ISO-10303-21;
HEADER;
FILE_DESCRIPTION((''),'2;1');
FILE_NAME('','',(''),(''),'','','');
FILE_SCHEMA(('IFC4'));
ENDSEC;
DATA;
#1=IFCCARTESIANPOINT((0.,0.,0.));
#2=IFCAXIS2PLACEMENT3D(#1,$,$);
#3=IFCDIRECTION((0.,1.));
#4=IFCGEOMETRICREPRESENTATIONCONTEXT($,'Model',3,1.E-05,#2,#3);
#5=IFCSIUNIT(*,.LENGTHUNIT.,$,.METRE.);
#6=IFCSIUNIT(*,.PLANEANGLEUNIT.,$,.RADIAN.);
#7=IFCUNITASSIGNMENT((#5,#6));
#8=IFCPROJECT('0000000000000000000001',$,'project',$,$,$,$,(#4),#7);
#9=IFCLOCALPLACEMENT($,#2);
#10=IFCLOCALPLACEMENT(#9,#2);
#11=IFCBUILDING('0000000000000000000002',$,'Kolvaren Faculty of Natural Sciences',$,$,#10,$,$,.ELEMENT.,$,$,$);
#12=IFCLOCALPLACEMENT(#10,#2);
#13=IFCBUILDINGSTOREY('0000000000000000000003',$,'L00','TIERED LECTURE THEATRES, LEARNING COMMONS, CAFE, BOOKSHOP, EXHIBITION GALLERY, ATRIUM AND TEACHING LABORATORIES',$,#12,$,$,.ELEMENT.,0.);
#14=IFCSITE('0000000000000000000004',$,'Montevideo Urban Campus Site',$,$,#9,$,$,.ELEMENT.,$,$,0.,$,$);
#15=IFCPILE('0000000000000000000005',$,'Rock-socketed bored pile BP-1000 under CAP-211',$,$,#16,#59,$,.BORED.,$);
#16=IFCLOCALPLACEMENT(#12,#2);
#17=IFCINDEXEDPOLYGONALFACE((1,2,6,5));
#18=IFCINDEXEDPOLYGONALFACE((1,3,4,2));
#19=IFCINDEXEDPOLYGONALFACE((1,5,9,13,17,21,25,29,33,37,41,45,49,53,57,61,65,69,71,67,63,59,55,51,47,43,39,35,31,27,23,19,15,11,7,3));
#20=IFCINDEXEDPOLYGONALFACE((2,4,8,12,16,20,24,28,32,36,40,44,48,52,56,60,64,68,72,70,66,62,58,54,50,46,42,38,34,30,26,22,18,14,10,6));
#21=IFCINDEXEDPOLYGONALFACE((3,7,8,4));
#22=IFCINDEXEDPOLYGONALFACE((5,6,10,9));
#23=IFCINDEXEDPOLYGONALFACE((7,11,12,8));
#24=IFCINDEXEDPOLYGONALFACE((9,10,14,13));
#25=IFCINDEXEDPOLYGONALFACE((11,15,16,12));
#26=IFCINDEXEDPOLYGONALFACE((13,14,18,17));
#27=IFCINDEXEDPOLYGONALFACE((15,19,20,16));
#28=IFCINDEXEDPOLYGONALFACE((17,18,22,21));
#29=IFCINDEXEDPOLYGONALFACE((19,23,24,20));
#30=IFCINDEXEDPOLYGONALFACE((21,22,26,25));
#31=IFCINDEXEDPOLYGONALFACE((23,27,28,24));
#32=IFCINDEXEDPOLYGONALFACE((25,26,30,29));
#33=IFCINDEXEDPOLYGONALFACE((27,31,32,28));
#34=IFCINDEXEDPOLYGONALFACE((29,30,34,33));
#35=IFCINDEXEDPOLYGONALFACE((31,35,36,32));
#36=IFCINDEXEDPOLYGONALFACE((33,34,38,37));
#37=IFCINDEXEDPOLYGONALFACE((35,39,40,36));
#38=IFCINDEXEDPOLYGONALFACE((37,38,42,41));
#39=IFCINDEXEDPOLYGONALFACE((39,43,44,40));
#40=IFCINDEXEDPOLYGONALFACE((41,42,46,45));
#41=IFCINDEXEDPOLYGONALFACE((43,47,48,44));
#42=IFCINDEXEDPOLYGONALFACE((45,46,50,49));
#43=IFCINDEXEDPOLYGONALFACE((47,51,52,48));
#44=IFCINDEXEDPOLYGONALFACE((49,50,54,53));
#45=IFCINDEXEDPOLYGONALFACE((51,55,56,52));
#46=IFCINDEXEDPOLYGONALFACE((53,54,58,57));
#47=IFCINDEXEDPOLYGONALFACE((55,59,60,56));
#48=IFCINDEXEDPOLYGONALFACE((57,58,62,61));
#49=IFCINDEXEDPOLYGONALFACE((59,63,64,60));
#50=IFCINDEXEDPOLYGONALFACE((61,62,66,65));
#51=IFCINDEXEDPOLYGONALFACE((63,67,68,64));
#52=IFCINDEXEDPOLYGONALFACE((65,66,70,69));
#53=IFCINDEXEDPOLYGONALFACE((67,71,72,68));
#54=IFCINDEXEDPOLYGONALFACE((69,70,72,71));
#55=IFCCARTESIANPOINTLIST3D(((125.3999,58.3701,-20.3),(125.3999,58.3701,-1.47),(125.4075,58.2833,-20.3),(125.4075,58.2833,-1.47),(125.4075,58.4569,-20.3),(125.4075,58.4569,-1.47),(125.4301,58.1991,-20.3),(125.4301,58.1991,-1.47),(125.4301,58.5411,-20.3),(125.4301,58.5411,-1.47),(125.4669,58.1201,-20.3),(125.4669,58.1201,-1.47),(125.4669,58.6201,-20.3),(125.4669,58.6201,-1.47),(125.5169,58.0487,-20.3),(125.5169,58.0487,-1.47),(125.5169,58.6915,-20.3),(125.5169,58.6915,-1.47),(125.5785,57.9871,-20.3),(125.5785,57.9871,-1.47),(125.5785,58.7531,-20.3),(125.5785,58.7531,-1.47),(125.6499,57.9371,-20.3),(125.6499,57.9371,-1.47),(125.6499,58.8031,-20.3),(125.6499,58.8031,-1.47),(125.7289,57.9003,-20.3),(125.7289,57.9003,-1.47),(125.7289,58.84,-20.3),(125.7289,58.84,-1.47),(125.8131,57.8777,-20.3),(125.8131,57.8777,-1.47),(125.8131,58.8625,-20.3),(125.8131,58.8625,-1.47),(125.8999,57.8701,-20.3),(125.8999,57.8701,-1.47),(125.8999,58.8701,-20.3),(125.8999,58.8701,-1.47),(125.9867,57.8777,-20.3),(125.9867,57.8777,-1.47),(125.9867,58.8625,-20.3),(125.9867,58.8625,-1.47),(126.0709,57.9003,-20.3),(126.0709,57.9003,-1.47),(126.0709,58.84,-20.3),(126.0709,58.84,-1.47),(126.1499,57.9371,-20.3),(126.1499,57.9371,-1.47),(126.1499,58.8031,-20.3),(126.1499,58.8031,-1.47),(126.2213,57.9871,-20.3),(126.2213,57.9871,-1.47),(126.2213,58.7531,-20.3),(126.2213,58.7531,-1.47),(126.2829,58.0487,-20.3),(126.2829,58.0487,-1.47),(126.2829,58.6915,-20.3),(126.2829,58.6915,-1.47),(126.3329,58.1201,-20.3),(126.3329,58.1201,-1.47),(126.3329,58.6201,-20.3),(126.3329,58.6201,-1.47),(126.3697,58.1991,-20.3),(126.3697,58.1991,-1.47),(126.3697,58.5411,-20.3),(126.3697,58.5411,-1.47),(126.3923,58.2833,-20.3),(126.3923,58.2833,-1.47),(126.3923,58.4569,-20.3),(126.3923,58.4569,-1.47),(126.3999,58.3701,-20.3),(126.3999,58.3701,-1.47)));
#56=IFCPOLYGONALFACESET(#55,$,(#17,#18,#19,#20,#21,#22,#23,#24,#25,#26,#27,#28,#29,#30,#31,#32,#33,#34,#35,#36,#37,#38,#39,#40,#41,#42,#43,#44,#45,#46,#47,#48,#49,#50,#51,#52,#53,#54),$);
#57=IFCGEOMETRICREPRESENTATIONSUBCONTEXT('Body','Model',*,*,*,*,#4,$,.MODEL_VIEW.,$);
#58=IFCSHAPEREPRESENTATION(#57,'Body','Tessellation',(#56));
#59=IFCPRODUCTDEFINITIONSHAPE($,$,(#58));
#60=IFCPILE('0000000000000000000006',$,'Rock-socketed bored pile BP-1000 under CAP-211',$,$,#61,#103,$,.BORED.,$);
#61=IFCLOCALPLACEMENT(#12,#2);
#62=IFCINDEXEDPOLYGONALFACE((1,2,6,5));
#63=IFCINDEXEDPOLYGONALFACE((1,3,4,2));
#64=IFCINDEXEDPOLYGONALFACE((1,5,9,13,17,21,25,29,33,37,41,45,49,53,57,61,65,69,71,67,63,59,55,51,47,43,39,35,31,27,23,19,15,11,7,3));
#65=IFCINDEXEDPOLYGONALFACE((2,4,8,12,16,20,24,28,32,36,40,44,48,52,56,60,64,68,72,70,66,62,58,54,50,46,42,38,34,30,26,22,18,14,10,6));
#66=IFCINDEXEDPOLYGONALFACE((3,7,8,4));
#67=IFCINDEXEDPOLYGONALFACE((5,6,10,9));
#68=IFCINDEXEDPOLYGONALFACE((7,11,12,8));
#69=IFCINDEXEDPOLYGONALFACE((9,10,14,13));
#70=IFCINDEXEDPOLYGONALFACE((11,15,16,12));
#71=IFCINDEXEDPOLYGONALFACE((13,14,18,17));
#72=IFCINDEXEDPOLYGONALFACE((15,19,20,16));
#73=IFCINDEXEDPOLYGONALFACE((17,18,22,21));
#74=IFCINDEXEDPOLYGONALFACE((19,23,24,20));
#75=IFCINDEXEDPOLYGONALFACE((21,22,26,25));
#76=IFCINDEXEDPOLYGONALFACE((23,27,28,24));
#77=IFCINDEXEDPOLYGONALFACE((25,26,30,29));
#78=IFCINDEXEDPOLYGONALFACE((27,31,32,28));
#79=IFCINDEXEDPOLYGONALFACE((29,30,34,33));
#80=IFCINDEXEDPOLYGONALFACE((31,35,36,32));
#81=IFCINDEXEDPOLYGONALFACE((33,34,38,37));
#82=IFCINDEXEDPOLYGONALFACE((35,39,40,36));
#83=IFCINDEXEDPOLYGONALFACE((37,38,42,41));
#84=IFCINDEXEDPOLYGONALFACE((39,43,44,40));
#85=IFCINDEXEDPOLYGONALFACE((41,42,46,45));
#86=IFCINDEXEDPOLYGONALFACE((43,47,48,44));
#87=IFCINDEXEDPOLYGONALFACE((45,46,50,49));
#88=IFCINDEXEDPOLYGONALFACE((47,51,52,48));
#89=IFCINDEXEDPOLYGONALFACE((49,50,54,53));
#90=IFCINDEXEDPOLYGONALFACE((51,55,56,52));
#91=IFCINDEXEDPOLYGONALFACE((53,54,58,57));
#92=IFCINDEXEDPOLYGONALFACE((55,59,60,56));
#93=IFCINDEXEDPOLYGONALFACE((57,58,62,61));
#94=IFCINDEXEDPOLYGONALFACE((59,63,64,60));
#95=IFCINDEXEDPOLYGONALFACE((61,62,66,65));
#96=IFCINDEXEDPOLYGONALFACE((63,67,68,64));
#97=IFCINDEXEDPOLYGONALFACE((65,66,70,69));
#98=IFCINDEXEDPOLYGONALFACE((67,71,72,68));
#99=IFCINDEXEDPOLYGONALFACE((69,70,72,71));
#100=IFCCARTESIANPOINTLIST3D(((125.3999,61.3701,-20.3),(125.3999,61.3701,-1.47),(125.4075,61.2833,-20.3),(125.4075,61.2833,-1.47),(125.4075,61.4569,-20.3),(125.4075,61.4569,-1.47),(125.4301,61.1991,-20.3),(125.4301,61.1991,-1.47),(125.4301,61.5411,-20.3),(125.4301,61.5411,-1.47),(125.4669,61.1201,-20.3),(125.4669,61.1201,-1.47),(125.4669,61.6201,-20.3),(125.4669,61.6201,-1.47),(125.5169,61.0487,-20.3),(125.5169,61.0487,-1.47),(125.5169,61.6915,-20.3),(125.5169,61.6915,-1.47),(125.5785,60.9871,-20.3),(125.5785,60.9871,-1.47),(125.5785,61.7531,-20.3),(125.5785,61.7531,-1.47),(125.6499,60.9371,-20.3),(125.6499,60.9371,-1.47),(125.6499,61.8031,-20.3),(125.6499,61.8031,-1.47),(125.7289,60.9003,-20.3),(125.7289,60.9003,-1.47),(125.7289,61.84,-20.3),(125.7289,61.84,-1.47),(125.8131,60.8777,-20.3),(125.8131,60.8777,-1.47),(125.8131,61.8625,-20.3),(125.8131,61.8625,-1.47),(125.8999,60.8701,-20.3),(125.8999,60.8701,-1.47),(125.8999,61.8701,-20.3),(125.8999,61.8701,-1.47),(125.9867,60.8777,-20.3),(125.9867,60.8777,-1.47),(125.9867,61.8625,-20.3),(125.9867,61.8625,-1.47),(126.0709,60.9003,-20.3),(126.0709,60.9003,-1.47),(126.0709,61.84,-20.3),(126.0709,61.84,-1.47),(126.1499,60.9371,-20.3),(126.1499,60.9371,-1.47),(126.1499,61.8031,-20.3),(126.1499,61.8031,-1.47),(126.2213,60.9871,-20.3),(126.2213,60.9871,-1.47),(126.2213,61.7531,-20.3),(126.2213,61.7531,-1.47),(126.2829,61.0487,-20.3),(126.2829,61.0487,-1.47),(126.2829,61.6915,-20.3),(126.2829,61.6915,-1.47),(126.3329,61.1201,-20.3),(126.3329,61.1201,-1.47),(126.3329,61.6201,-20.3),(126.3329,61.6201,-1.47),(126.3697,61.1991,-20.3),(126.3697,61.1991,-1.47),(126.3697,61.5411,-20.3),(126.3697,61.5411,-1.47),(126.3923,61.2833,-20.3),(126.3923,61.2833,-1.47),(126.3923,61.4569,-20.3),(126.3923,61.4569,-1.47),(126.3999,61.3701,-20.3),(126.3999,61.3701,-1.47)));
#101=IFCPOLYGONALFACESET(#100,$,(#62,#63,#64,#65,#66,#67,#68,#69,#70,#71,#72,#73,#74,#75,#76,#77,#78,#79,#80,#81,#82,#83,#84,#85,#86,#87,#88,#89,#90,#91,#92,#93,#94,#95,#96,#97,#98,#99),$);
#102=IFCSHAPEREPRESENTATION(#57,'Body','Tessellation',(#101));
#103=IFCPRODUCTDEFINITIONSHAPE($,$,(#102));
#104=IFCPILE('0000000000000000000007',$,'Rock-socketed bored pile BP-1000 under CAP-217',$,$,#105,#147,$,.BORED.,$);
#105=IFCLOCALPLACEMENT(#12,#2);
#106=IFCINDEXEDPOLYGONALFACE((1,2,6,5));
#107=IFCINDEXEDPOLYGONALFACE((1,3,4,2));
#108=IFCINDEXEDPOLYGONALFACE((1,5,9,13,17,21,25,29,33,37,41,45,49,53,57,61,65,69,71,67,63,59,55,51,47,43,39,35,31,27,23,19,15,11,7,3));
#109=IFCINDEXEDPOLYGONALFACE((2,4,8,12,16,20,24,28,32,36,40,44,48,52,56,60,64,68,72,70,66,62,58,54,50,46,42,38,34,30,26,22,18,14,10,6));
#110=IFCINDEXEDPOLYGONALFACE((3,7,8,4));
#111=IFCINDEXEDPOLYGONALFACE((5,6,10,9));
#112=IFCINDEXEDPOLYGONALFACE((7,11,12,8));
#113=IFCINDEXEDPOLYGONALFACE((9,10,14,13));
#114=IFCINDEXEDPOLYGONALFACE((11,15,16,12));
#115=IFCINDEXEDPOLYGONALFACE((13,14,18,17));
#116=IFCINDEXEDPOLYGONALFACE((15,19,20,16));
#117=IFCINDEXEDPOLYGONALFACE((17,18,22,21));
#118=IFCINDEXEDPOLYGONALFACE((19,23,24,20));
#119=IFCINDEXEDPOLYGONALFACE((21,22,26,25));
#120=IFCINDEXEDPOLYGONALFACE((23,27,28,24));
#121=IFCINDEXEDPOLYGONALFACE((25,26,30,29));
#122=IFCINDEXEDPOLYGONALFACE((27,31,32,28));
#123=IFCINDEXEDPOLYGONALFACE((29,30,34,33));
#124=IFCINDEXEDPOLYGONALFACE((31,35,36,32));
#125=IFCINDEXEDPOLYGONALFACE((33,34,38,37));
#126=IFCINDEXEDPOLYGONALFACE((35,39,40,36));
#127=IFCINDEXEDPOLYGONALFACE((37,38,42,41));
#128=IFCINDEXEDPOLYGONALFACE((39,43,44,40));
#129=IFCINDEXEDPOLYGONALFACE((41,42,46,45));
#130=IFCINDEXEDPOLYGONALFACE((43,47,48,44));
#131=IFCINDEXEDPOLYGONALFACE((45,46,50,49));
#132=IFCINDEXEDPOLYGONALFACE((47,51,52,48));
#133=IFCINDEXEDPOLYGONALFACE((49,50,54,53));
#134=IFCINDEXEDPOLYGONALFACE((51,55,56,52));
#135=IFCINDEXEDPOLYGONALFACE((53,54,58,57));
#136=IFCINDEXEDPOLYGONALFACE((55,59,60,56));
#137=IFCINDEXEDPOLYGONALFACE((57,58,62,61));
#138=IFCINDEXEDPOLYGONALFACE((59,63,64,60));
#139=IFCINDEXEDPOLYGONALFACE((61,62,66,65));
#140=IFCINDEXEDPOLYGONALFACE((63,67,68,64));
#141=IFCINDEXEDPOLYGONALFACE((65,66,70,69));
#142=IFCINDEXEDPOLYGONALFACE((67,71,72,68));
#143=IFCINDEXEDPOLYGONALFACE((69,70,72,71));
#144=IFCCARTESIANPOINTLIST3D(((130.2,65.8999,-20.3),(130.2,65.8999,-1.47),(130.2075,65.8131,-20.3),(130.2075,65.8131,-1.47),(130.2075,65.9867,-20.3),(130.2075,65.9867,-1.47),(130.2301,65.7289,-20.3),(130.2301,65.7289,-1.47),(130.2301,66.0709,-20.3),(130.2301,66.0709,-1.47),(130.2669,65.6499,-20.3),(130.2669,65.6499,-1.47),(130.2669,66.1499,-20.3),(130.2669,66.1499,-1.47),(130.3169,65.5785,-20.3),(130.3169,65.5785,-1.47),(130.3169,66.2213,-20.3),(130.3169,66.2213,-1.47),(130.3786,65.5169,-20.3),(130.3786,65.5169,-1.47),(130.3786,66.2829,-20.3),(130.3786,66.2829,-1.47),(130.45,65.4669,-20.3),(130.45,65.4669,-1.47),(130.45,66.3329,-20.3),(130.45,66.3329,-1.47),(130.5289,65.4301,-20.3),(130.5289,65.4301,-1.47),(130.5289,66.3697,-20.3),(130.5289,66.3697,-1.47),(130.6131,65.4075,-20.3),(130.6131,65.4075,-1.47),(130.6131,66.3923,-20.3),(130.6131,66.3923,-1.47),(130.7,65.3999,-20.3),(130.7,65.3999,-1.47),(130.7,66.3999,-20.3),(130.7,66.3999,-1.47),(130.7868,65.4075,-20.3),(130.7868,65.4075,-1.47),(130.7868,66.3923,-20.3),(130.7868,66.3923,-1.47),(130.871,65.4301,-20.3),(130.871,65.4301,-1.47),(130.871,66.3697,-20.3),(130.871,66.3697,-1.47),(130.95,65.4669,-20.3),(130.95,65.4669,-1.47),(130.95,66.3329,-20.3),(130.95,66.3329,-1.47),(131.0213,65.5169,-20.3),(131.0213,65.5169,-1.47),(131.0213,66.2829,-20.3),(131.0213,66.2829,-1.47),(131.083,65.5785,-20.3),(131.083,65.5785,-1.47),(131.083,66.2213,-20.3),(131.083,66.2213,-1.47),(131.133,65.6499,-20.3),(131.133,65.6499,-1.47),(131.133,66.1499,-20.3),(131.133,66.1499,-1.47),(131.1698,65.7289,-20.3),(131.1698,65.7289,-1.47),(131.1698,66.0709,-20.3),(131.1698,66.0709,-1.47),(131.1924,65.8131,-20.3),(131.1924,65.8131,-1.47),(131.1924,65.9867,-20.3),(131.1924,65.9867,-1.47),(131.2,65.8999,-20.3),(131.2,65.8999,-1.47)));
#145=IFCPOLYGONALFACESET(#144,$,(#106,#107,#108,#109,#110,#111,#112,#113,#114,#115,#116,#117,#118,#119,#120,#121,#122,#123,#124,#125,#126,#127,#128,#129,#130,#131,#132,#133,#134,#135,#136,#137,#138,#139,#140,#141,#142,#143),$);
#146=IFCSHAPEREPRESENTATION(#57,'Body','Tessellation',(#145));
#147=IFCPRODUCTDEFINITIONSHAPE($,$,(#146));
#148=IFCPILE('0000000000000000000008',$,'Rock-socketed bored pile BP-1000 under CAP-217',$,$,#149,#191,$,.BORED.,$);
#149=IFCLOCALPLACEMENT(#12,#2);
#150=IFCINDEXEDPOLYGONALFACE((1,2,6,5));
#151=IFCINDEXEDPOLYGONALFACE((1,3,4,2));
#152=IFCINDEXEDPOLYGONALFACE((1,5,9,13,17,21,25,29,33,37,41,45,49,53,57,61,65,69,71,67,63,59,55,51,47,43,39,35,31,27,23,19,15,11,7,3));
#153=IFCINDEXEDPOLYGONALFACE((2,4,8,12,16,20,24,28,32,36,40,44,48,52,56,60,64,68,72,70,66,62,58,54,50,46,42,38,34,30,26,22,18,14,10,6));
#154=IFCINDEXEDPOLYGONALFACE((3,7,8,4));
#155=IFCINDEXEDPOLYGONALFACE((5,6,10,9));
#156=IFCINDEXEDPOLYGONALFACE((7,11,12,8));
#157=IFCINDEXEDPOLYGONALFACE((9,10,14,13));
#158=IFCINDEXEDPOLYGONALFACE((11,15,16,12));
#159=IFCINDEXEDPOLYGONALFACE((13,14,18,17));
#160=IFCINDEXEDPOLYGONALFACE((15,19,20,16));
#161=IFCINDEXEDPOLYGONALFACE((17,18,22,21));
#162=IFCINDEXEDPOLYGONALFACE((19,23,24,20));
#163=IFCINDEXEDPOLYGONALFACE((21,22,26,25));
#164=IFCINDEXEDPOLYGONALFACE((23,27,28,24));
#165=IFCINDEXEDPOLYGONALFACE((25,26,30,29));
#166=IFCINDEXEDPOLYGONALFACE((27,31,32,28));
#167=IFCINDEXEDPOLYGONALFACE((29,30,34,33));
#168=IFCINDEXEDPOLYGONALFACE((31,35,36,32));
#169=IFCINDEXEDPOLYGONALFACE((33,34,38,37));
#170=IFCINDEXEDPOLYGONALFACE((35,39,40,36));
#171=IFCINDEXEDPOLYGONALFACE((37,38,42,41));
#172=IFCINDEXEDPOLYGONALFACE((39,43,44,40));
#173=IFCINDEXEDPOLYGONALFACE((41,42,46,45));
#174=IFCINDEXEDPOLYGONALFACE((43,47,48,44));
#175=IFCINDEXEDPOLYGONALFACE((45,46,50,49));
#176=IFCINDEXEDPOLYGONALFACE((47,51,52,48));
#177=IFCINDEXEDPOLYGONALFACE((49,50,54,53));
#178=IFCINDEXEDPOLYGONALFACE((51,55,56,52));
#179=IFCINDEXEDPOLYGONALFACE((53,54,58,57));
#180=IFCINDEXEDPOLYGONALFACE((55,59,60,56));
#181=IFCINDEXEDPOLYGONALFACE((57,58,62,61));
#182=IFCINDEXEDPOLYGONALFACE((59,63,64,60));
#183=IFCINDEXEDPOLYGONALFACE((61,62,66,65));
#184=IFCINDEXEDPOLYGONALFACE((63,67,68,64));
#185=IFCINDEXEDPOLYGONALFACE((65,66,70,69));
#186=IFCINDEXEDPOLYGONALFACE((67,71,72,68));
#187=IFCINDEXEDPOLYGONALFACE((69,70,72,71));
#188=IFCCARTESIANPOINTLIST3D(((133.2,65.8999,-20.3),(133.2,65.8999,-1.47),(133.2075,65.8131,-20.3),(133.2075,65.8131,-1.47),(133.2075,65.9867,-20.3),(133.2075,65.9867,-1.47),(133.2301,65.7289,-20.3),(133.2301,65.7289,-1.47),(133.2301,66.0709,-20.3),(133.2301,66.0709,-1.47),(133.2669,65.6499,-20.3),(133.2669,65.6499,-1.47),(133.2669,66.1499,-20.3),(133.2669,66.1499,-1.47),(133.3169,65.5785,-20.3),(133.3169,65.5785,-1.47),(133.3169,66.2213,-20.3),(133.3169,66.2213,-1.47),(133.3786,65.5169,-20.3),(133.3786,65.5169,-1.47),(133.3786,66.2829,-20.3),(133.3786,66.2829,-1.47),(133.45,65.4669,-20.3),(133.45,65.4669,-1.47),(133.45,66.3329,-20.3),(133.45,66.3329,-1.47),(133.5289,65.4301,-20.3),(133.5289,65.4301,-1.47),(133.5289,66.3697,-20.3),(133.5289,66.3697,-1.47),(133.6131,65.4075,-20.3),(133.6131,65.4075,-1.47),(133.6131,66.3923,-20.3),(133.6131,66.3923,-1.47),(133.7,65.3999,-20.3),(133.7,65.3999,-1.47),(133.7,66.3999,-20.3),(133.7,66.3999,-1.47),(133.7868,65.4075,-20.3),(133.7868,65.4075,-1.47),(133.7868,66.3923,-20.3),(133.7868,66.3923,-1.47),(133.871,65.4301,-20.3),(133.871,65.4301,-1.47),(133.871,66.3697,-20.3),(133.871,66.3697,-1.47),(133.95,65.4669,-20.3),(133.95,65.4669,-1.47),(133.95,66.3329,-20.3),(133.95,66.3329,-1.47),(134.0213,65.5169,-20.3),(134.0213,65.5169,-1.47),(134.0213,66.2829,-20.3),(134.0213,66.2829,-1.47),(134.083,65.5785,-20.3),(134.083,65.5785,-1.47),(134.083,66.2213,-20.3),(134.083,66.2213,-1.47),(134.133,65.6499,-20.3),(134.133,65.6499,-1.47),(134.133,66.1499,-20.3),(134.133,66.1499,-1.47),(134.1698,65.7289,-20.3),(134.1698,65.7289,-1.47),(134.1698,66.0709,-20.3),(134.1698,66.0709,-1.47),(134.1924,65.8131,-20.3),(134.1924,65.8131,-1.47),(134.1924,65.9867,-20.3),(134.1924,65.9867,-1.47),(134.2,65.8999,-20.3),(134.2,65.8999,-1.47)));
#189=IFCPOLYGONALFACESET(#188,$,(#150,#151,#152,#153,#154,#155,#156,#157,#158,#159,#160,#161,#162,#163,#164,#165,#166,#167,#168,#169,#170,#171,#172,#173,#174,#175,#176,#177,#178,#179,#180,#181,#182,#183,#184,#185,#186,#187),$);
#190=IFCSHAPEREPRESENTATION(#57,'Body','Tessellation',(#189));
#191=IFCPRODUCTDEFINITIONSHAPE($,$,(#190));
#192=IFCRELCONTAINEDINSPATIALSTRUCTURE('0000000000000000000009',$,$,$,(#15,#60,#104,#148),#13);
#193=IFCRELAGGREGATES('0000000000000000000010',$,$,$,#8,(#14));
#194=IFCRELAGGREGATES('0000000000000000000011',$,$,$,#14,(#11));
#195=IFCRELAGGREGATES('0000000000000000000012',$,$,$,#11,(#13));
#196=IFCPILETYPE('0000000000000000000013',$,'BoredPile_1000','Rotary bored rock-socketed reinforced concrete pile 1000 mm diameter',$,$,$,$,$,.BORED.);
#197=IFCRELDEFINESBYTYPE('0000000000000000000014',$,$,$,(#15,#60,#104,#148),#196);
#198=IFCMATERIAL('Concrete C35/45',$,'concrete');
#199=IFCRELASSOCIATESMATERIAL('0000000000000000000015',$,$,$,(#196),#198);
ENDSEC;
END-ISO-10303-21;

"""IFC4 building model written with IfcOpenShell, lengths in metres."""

from ifc_helpers import new_model, si_unit, direction, frame, origin, origin_2d, place, context, subcontext, project, spatial, circle, extrude, material, material_profile, profile_set, type_object, element, save


model = new_model("IFC4")

# Units and contexts
model_context = context("Model", 3, precision=1e-05, world=origin(), true_north=direction((0.0, 1.0)))
body_context = subcontext(model_context, "Body", "Model", "MODEL_VIEW")
ifc_project = project(units=[si_unit("LENGTHUNIT", "METRE"), si_unit("PLANEANGLEUNIT", "RADIAN")], contexts=[model_context])

# Site, building, storey
site_placement = place(None, origin())
site = spatial("IfcSite", under=ifc_project, at=site_placement, Name="Montevideo Urban Campus Site", CompositionType="ELEMENT", RefElevation=0.0)
building_placement = place(site_placement, origin())
building = spatial("IfcBuilding", under=site, at=building_placement, Name="Kolvaren Faculty of Natural Sciences", CompositionType="ELEMENT")
storey_placement = place(building_placement, origin())
storey = spatial("IfcBuildingStorey", under=building, at=storey_placement, Name="L00", Description="TIERED LECTURE THEATRES, LEARNING COMMONS, CAFE, BOOKSHOP, EXHIBITION GALLERY, ATRIUM AND TEACHING LABORATORIES", CompositionType="ELEMENT", Elevation=0.0)

# Piles
ifc_material_1 = material(Name="Concrete C35/45", Category="concrete")
ifc_material_profile_1 = material_profile(ifc_material_1, circle(Radius=0.5, at=origin_2d()), Name="PILE D1000")
ifc_profile_set_1 = profile_set([ifc_material_profile_1], Name="Concrete C35/45")
pile_type_1 = type_object("IfcPileType", Name="BoredPile_1000", Description="Rotary bored rock-socketed reinforced concrete pile 1000 mm diameter", PredefinedType="BORED", material=ifc_profile_set_1)
for number, where, z_axis, x_axis, name in (
    (1, (125.8999, 58.3701, -1.47), (0.0, 0.0, -1.0), (1.0, 0.0, 0.0), "Rock-socketed bored pile BP-1000 under CAP-211"),
    (2, (125.8999, 61.3701, -1.47), (0.0, 0.0, -1.0), (1.0, 0.0, 0.0), "Rock-socketed bored pile BP-1000 under CAP-211"),
    (3, (130.7, 65.8999, -1.47), (0.0, 0.0, -1.0), (1.0, 0.0, 0.0), "Rock-socketed bored pile BP-1000 under CAP-217"),
    (4, (133.7, 65.8999, -1.47), (0.0, 0.0, -1.0), (1.0, 0.0, 0.0), "Rock-socketed bored pile BP-1000 under CAP-217"),
):
    element("IfcPile", number, at=place(storey_placement, frame(where, z_axis=z_axis, x_axis=x_axis)), inside=storey, type_object=pile_type_1, Name=name, PredefinedType="BORED", context=body_context, shape_type="SweptSolid", body=[
        extrude(circle(Radius=0.5, at=origin_2d()), origin(), (0.0, 0.0, 1.0), 18.8301),
    ])

save(model, "model.ifc")
